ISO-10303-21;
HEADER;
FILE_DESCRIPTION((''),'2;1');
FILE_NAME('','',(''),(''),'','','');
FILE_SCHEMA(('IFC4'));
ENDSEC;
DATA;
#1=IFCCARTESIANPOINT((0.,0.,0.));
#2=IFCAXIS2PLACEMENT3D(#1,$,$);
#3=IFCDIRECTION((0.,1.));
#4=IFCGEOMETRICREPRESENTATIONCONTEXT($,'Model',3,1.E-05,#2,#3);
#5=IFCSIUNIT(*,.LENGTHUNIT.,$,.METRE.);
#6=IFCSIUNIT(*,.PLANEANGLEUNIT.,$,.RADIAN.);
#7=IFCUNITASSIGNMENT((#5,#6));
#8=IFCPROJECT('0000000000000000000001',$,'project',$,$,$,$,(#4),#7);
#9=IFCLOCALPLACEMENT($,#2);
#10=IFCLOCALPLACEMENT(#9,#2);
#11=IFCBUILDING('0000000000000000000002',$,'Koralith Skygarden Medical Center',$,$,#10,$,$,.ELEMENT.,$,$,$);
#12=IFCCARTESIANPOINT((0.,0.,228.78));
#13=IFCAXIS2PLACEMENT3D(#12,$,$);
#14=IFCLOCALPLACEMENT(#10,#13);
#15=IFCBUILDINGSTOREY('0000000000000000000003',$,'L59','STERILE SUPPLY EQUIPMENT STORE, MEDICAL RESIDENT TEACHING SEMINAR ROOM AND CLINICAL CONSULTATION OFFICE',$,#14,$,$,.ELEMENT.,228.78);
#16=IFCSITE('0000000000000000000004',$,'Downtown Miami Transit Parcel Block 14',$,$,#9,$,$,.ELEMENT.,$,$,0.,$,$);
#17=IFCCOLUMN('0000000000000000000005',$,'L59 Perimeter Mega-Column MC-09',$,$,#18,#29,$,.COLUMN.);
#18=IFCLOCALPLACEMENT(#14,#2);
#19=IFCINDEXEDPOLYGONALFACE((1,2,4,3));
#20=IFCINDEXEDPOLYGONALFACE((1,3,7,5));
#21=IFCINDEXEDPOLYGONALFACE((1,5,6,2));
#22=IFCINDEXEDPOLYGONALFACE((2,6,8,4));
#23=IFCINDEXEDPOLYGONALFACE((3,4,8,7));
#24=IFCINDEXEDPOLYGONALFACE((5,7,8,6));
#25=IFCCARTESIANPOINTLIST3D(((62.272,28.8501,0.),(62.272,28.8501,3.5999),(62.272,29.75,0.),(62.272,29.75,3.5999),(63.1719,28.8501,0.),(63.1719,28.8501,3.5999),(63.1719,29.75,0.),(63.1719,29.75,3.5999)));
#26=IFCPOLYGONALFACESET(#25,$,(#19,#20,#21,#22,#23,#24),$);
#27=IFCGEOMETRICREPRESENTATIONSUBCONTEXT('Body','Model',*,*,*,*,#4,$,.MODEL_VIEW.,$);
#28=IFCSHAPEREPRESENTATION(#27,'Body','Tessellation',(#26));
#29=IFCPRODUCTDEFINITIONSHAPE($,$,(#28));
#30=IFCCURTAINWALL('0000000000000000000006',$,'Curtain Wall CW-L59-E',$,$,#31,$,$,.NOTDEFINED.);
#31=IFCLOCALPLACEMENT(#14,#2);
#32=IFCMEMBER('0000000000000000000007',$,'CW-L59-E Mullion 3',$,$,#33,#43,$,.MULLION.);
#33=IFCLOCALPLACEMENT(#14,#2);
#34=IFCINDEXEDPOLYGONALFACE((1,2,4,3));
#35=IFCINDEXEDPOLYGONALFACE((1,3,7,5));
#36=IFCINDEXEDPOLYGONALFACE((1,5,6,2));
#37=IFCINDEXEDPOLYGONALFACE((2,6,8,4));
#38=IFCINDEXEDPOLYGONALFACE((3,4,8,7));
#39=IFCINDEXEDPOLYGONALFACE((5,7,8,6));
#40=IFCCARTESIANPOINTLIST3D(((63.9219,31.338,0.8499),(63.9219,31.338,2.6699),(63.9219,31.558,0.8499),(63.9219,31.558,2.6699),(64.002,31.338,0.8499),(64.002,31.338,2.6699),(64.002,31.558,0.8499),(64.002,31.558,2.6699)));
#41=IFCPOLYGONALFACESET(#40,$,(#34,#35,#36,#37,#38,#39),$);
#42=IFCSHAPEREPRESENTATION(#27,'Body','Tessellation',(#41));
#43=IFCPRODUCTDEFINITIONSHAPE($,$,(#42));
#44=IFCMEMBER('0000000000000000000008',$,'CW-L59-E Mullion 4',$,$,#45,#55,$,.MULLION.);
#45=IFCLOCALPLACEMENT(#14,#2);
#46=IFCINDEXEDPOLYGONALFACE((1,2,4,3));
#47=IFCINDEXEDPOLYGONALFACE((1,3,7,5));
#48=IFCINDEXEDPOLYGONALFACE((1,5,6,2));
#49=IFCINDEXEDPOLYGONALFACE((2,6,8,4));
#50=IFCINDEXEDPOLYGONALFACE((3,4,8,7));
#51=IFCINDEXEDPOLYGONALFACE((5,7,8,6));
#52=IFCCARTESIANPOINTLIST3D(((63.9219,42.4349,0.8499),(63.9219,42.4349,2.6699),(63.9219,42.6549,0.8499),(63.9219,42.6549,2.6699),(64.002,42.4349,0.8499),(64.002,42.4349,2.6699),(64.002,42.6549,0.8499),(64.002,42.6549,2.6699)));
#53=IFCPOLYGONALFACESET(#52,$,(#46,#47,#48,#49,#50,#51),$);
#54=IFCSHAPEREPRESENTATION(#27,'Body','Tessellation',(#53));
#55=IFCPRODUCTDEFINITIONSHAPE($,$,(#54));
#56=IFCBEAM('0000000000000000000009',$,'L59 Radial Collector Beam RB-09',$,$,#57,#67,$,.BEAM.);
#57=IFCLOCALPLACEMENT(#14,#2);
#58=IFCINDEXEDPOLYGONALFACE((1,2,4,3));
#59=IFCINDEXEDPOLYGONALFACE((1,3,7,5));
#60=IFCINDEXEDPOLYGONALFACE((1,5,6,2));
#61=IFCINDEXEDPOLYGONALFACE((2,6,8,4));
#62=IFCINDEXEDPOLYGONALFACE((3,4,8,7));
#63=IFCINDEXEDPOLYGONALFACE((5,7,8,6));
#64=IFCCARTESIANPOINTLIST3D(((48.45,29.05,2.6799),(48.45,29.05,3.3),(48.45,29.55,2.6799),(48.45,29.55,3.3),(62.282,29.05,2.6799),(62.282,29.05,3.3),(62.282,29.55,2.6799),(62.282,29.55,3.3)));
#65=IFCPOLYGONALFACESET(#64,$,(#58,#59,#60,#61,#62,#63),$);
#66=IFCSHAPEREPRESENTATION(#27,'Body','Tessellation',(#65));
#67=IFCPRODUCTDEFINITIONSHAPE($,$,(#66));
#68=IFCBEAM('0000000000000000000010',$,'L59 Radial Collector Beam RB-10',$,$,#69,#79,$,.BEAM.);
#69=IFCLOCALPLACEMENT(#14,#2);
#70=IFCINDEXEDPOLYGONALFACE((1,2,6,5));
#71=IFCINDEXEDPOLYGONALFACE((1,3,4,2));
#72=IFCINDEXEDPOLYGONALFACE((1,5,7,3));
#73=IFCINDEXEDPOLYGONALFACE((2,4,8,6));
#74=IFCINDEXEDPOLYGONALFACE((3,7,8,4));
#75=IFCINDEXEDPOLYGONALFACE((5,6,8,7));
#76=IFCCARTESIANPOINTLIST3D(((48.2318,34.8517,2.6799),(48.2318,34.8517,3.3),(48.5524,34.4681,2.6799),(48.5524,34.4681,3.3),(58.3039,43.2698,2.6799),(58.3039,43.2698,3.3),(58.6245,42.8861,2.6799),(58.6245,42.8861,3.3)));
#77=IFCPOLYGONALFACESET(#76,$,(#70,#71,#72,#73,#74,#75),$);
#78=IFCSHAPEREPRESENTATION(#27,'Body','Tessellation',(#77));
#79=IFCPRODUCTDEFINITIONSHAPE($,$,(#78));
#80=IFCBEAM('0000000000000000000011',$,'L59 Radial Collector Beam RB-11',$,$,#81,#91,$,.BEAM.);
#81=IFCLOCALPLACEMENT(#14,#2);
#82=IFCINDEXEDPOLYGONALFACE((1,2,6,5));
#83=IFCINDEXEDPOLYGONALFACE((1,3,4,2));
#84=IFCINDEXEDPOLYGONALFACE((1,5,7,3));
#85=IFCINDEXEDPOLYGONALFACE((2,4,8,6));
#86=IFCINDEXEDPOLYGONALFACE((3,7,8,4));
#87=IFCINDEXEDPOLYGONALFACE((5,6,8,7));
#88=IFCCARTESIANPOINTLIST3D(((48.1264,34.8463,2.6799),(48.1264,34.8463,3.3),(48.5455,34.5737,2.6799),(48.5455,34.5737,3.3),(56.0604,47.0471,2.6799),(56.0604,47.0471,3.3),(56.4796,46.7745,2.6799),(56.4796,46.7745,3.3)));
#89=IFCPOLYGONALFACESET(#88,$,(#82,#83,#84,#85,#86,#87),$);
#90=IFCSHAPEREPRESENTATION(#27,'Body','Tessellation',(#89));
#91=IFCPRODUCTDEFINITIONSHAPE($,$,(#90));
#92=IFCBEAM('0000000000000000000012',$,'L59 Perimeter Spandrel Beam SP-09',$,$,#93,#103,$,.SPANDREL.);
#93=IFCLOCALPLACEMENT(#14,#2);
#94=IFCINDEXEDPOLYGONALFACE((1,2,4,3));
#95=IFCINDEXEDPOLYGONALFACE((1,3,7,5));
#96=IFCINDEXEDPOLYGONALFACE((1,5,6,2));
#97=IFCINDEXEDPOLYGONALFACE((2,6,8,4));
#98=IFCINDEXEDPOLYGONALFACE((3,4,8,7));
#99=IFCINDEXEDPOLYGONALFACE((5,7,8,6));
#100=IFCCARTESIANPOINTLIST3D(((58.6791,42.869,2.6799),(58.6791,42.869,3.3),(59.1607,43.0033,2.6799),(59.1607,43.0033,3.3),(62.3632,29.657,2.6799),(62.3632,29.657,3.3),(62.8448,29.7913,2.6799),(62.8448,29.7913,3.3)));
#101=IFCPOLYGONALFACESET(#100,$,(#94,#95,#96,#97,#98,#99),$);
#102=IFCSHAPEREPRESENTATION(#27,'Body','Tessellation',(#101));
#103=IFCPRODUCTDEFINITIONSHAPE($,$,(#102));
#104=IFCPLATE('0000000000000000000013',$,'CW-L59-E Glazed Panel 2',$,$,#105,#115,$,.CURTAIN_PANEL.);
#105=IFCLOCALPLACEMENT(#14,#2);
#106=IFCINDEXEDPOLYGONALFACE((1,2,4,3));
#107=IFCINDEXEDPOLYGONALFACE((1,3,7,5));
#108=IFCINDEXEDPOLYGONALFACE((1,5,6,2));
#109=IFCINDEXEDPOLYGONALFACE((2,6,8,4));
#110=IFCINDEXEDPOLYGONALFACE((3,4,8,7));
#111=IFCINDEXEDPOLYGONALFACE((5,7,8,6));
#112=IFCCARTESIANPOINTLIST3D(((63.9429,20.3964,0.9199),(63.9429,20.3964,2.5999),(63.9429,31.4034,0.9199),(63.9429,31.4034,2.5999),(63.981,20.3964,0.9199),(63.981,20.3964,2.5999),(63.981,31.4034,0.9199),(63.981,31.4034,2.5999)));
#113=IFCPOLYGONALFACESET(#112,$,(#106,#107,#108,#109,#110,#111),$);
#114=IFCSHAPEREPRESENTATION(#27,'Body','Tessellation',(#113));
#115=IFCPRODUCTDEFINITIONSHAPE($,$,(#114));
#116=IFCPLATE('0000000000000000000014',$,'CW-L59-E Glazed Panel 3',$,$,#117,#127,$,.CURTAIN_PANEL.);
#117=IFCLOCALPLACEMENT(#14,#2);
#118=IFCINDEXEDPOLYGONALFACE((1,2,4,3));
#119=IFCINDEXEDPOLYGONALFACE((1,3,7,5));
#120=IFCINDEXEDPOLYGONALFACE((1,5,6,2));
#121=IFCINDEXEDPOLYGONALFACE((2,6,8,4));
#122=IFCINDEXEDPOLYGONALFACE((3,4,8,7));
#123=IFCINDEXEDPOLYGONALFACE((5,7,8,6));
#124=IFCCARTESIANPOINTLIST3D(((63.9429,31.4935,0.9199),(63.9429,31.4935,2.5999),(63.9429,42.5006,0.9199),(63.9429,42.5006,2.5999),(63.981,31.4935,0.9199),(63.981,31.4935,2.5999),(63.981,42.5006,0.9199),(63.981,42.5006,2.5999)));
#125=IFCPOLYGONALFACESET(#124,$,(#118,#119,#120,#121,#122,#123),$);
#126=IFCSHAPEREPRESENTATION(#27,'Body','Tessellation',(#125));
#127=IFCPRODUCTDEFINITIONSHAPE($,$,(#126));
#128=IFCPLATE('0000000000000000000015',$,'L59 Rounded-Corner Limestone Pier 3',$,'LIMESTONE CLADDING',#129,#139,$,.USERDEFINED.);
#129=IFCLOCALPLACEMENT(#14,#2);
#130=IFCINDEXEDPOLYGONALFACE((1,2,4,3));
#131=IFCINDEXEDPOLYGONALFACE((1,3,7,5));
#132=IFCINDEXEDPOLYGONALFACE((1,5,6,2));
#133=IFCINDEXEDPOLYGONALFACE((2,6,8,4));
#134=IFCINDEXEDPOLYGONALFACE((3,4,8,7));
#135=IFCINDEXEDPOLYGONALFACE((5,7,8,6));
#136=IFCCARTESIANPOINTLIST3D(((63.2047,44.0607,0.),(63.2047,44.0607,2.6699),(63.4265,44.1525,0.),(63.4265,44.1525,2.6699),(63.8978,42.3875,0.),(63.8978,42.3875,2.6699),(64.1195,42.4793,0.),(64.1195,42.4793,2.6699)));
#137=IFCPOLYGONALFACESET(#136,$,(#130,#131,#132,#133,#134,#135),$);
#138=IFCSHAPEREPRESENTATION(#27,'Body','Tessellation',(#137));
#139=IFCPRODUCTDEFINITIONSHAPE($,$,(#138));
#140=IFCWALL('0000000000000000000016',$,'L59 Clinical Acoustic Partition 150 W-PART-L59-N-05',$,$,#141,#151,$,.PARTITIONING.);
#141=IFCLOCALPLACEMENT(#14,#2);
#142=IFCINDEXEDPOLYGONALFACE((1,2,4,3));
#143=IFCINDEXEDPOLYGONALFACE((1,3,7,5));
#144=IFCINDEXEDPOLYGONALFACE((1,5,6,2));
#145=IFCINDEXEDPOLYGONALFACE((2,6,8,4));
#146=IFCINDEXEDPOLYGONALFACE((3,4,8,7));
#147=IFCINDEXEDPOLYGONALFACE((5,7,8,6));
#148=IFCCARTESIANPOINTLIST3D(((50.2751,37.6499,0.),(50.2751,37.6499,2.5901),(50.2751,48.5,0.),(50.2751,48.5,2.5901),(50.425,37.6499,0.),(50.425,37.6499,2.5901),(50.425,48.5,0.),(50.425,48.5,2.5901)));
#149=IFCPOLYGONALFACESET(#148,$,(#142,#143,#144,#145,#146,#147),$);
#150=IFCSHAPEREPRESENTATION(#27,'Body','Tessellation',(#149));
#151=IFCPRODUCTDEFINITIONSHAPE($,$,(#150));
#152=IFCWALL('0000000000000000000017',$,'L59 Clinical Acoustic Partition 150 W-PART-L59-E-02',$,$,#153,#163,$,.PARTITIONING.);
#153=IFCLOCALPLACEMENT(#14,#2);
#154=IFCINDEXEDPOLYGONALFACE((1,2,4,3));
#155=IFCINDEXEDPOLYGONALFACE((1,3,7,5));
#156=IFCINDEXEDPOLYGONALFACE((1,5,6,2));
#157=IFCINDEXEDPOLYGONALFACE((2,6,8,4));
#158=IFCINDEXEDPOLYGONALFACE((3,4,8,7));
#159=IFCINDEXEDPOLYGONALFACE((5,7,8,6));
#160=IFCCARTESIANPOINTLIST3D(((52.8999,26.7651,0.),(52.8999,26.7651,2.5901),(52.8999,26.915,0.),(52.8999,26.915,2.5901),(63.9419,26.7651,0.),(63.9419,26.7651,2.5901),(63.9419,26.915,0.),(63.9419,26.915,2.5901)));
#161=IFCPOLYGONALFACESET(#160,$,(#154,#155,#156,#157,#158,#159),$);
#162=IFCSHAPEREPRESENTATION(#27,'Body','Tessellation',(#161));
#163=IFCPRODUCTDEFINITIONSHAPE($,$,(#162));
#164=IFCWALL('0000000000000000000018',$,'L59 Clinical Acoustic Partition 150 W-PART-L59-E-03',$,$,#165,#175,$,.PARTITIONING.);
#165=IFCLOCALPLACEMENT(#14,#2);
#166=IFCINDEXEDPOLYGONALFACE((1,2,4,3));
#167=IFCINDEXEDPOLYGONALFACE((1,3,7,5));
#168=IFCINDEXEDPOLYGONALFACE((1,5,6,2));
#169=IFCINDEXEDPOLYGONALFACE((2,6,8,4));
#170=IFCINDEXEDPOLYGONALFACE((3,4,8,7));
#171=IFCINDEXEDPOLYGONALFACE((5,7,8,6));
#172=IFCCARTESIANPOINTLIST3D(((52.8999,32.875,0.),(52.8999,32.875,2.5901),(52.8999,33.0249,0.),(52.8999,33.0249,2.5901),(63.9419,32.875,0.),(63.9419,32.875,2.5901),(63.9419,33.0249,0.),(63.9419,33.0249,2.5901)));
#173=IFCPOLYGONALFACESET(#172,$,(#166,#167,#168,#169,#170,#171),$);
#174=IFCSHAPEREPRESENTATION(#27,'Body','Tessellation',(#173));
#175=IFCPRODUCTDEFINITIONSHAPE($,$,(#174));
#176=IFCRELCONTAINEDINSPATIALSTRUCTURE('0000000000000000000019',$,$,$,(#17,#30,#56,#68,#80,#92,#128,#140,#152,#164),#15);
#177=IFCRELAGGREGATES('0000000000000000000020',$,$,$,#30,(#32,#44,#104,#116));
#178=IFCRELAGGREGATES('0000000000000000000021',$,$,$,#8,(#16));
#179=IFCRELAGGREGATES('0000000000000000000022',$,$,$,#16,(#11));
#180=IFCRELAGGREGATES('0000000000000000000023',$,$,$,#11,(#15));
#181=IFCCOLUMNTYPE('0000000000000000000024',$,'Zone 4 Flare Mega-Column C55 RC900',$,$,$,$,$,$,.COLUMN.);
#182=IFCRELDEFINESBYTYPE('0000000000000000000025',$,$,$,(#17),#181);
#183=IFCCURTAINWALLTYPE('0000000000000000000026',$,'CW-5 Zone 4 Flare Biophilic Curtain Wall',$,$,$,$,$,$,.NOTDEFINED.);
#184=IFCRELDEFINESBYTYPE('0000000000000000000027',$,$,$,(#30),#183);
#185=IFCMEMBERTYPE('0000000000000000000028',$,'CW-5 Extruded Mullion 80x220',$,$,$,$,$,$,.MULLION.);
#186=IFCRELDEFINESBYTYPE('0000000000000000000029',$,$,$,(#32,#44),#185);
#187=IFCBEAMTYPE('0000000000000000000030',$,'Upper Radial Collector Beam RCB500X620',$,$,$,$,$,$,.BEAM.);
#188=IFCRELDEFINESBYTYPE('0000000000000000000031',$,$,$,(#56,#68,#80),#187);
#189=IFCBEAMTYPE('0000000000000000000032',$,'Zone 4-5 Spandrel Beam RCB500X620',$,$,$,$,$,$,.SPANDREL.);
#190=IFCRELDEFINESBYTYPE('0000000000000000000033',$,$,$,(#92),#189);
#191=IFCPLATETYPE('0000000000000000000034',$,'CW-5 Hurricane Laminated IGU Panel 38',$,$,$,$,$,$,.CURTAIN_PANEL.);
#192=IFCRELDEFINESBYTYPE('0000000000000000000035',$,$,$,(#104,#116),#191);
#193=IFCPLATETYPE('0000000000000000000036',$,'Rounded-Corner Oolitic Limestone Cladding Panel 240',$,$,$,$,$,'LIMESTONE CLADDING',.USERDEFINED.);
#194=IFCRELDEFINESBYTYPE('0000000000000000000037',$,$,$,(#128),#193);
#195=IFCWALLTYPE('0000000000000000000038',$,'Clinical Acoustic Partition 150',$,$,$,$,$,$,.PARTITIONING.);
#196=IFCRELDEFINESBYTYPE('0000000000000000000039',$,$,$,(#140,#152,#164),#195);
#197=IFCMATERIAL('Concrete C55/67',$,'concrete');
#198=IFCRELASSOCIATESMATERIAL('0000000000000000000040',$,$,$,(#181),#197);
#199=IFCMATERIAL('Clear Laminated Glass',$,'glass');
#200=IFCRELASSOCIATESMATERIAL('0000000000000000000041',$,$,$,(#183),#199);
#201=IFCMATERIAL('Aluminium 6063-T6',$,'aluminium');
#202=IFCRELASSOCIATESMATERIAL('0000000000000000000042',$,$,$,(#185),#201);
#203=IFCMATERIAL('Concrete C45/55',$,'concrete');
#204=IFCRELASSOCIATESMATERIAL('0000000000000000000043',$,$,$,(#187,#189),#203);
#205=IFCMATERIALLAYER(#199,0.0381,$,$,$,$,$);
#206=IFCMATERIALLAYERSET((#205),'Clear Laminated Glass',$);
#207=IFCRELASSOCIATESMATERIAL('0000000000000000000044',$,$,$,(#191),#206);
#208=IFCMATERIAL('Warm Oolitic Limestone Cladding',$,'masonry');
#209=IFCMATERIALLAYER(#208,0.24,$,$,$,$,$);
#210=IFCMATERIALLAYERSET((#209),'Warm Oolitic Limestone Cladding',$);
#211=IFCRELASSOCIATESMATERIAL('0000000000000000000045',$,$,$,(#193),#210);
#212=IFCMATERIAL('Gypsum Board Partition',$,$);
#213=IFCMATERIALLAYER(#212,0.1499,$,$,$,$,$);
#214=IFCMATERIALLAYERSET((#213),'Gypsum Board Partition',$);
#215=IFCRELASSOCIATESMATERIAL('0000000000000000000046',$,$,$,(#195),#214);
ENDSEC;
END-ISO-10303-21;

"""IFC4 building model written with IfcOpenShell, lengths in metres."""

from ifc_helpers import new_model, si_unit, direction, frame, frame_2d, origin, origin_2d, place, context, subcontext, project, spatial, rectangle, extrude, material, layer, layer_set, material_profile, profile_set, type_object, element, aggregate, save


model = new_model("IFC4")

# Units and contexts
model_context = context("Model", 3, precision=1e-05, world=origin(), true_north=direction((0.0, 1.0)))
body_context = subcontext(model_context, "Body", "Model", "MODEL_VIEW")
ifc_project = project(units=[si_unit("LENGTHUNIT", "METRE"), si_unit("PLANEANGLEUNIT", "RADIAN")], contexts=[model_context])

# Site, building, storey
site_placement = place(None, origin())
site = spatial("IfcSite", under=ifc_project, at=site_placement, Name="Downtown Miami Transit Parcel Block 14", CompositionType="ELEMENT", RefElevation=0.0)
building_placement = place(site_placement, origin())
building = spatial("IfcBuilding", under=site, at=building_placement, Name="Koralith Skygarden Medical Center", CompositionType="ELEMENT")
storey_placement = place(building_placement, frame((0.0, 0.0, 228.78)))
storey = spatial("IfcBuildingStorey", under=building, at=storey_placement, Name="L59", Description="STERILE SUPPLY EQUIPMENT STORE, MEDICAL RESIDENT TEACHING SEMINAR ROOM AND CLINICAL CONSULTATION OFFICE", CompositionType="ELEMENT", Elevation=228.78)

# Column
ifc_material_1 = material(Name="Concrete C55/67", Category="concrete")
ifc_material_profile_1 = material_profile(ifc_material_1, rectangle(XDim=0.8999, YDim=0.8999, at=origin_2d()), Name="RC900X900")
ifc_profile_set_1 = profile_set([ifc_material_profile_1], Name="Concrete C55/67")
column_type = type_object("IfcColumnType", Name="Zone 4 Flare Mega-Column C55 RC900", PredefinedType="COLUMN", material=ifc_profile_set_1)
column_placement = place(storey_placement, frame((62.7219, 29.3, 0.0), z_axis=(0.0, 0.0, 1.0), x_axis=(1.0, 0.0, 0.0)))
element("IfcColumn", 1, at=column_placement, inside=storey, type_object=column_type, Name="L59 Perimeter Mega-Column MC-09", PredefinedType="COLUMN", context=body_context, shape_type="SweptSolid", body=[
    extrude(rectangle(XDim=0.8999, YDim=0.8999, at=origin_2d()), origin(), (0.0, 0.0, 1.0), 3.5999),
])

# Curtain wall, members
ifc_material_2 = material(Name="Clear Laminated Glass", Category="glass")
curtain_wall_type = type_object("IfcCurtainWallType", Name="CW-5 Zone 4 Flare Biophilic Curtain Wall", PredefinedType="NOTDEFINED", material=ifc_material_2)
curtain_wall_placement = place(storey_placement, origin())
curtain_wall = element("IfcCurtainWall", 2, at=curtain_wall_placement, inside=storey, type_object=curtain_wall_type, Name="Curtain Wall CW-L59-E", PredefinedType="NOTDEFINED")
ifc_material_3 = material(Name="Aluminium 6063-T6", Category="aluminium")
ifc_material_profile_2 = material_profile(ifc_material_3, rectangle(XDim=0.0801, YDim=0.22, at=origin_2d()), Name="MUL80X220")
ifc_profile_set_2 = profile_set([ifc_material_profile_2], Name="Aluminium 6063-T6")
member_type = type_object("IfcMemberType", Name="CW-5 Extruded Mullion 80x220", PredefinedType="MULLION", material=ifc_profile_set_2)
member_1_placement = place(storey_placement, frame((63.9619, 31.448, 0.8499), z_axis=(0.0, 0.0, 1.0), x_axis=(1.0, 0.0, 0.0)))
member_1 = element("IfcMember", 3, at=member_1_placement, type_object=member_type, Name="CW-L59-E Mullion 3", PredefinedType="MULLION", context=body_context, shape_type="SweptSolid", body=[
    extrude(rectangle(XDim=0.0801, YDim=0.22, at=origin_2d()), origin(), (0.0, 0.0, 1.0), 1.8201),
])
member_2_placement = place(storey_placement, frame((63.9619, 42.5449, 0.8499), z_axis=(0.0, 0.0, 1.0), x_axis=(1.0, 0.0, 0.0)))
member_2 = element("IfcMember", 4, at=member_2_placement, type_object=member_type, Name="CW-L59-E Mullion 4", PredefinedType="MULLION", context=body_context, shape_type="SweptSolid", body=[
    extrude(rectangle(XDim=0.0801, YDim=0.22, at=origin_2d()), origin(), (0.0, 0.0, 1.0), 1.8201),
])

# Beams
ifc_material_4 = material(Name="Concrete C45/55", Category="concrete")
ifc_material_profile_3 = material_profile(ifc_material_4, rectangle(XDim=0.5, YDim=0.6201, at=origin_2d()), Name="RCB500X620")
ifc_profile_set_3 = profile_set([ifc_material_profile_3], Name="Concrete C45/55")
beam_type_1 = type_object("IfcBeamType", Name="Upper Radial Collector Beam RCB500X620", PredefinedType="BEAM", material=ifc_profile_set_3)
beam_1_placement = place(storey_placement, frame((48.45, 29.3, 2.99), z_axis=(1.0, 0.0, 0.0), x_axis=(0.0, 1.0, 0.0)))
element("IfcBeam", 5, at=beam_1_placement, inside=storey, type_object=beam_type_1, Name="L59 Radial Collector Beam RB-09", PredefinedType="BEAM", context=body_context, shape_type="SweptSolid", body=[
    extrude(rectangle(XDim=0.5, YDim=0.6201, at=origin_2d()), origin(), (0.0, 0.0, 1.0), 13.832),
])
beam_2_placement = place(storey_placement, frame((48.3921, 34.6599, 2.99), z_axis=(0.767298, 0.641291, 0.0), x_axis=(-0.641291, 0.767298, 0.0)))
element("IfcBeam", 6, at=beam_2_placement, inside=storey, type_object=beam_type_1, Name="L59 Radial Collector Beam RB-10", PredefinedType="BEAM", context=body_context, shape_type="SweptSolid", body=[
    extrude(rectangle(XDim=0.5, YDim=0.6201, at=origin_2d()), origin(), (0.0, 0.0, 1.0), 13.1267),
])
beam_3_placement = place(storey_placement, frame((48.3359, 34.71, 2.99), z_axis=(0.545156, 0.838334, 0.0), x_axis=(-0.838334, 0.545156, 0.0)))
element("IfcBeam", 7, at=beam_3_placement, inside=storey, type_object=beam_type_1, Name="L59 Radial Collector Beam RB-11", PredefinedType="BEAM", context=body_context, shape_type="SweptSolid", body=[
    extrude(rectangle(XDim=0.5, YDim=0.6201, at=origin_2d()), origin(), (0.0, 0.0, 1.0), 14.5537),
])
ifc_material_profile_4 = material_profile(ifc_material_4, rectangle(XDim=0.5, YDim=0.6201, at=origin_2d()), Name="RCB500X620")
ifc_profile_set_4 = profile_set([ifc_material_profile_4], Name="Concrete C45/55")
beam_type_2 = type_object("IfcBeamType", Name="Zone 4-5 Spandrel Beam RCB500X620", PredefinedType="SPANDREL", material=ifc_profile_set_4)
beam_4_placement = place(storey_placement, frame((62.604, 29.7241, 2.99), z_axis=(-0.268598, 0.963252, 0.0), x_axis=(-0.963252, -0.268598, 0.0)))
element("IfcBeam", 8, at=beam_4_placement, inside=storey, type_object=beam_type_2, Name="L59 Perimeter Spandrel Beam SP-09", PredefinedType="SPANDREL", context=body_context, shape_type="SweptSolid", body=[
    extrude(rectangle(XDim=0.5, YDim=0.6201, at=origin_2d()), origin(), (0.0, 0.0, 1.0), 13.7161),
])

# Plates
ifc_layer_1 = layer(ifc_material_2, 0.0381)
ifc_layer_set_1 = layer_set([ifc_layer_1], Name="Clear Laminated Glass")
plate_type_1 = type_object("IfcPlateType", Name="CW-5 Hurricane Laminated IGU Panel 38", PredefinedType="CURTAIN_PANEL", material=ifc_layer_set_1)
plate_1_placement = place(storey_placement, frame((63.9619, 25.8999, 0.9199), z_axis=(0.0, 0.0, 1.0), x_axis=(0.0, 1.0, 0.0)))
plate_1 = element("IfcPlate", 9, at=plate_1_placement, type_object=plate_type_1, Name="CW-L59-E Glazed Panel 2", PredefinedType="CURTAIN_PANEL", context=body_context, shape_type="SweptSolid", body=[
    extrude(rectangle(XDim=11.0071, YDim=0.0381, at=origin_2d()), origin(), (0.0, 0.0, 1.0), 1.6799),
])
plate_2_placement = place(storey_placement, frame((63.9619, 36.9971, 0.9199), z_axis=(0.0, 0.0, 1.0), x_axis=(0.0, 1.0, 0.0)))
plate_2 = element("IfcPlate", 10, at=plate_2_placement, type_object=plate_type_1, Name="CW-L59-E Glazed Panel 3", PredefinedType="CURTAIN_PANEL", context=body_context, shape_type="SweptSolid", body=[
    extrude(rectangle(XDim=11.0071, YDim=0.0381, at=origin_2d()), origin(), (0.0, 0.0, 1.0), 1.6799),
])
aggregate(curtain_wall, [member_1, member_2, plate_1, plate_2])
ifc_material_5 = material(Name="Warm Oolitic Limestone Cladding", Category="masonry")
ifc_layer_2 = layer(ifc_material_5, 0.24)
ifc_layer_set_2 = layer_set([ifc_layer_2], Name="Warm Oolitic Limestone Cladding")
plate_type_2 = type_object("IfcPlateType", Name="Rounded-Corner Oolitic Limestone Cladding Panel 240", ElementType="LIMESTONE CLADDING", PredefinedType="USERDEFINED", material=ifc_layer_set_2)
plate_3_placement = place(storey_placement, frame((63.6621, 43.27, 0.0), z_axis=(0.0, 0.0, 1.0), x_axis=(-0.382671, 0.923885, 0.0)))
element("IfcPlate", 11, at=plate_3_placement, inside=storey, type_object=plate_type_2, Name="L59 Rounded-Corner Limestone Pier 3", ObjectType="LIMESTONE CLADDING", PredefinedType="USERDEFINED", context=body_context, shape_type="SweptSolid", body=[
    extrude(rectangle(XDim=1.811, YDim=0.24, at=origin_2d()), origin(), (0.0, 0.0, 1.0), 2.6699),
])

# Walls
ifc_material_6 = material(Name="Gypsum Board Partition")
ifc_layer_3 = layer(ifc_material_6, 0.1499)
ifc_layer_set_3 = layer_set([ifc_layer_3], Name="Gypsum Board Partition")
wall_type_1 = type_object("IfcWallType", Name="Clinical Acoustic Partition 150", PredefinedType="PARTITIONING", material=ifc_layer_set_3)
wall_1_placement = place(storey_placement, frame((50.3501, 37.6499, 0.0), z_axis=(0.0, 0.0, 1.0), x_axis=(0.0, 1.0, 0.0)))
element("IfcWall", 12, at=wall_1_placement, inside=storey, type_object=wall_type_1, Name="L59 Clinical Acoustic Partition 150 W-PART-L59-N-05", PredefinedType="PARTITIONING", context=body_context, shape_type="SweptSolid", body=[
    extrude(rectangle(XDim=10.8501, YDim=0.1499, at=frame_2d((5.425, 0.0))), origin(), (0.0, 0.0, 1.0), 2.5901),
])
for number, where, z_axis, x_axis, name in (
    (13, (52.8999, 26.8401, 0.0), (0.0, 0.0, 1.0), (1.0, 0.0, 0.0), "L59 Clinical Acoustic Partition 150 W-PART-L59-E-02"),
    (14, (52.8999, 32.95, 0.0), (0.0, 0.0, 1.0), (1.0, 0.0, 0.0), "L59 Clinical Acoustic Partition 150 W-PART-L59-E-03"),
):
    element("IfcWall", number, at=place(storey_placement, frame(where, z_axis=z_axis, x_axis=x_axis)), inside=storey, type_object=wall_type_1, Name=name, PredefinedType="PARTITIONING", context=body_context, shape_type="SweptSolid", body=[
        extrude(rectangle(XDim=11.042, YDim=0.1499, at=frame_2d((5.521, 0.0))), origin(), (0.0, 0.0, 1.0), 2.5901),
    ])

save(model, "model.ifc")
